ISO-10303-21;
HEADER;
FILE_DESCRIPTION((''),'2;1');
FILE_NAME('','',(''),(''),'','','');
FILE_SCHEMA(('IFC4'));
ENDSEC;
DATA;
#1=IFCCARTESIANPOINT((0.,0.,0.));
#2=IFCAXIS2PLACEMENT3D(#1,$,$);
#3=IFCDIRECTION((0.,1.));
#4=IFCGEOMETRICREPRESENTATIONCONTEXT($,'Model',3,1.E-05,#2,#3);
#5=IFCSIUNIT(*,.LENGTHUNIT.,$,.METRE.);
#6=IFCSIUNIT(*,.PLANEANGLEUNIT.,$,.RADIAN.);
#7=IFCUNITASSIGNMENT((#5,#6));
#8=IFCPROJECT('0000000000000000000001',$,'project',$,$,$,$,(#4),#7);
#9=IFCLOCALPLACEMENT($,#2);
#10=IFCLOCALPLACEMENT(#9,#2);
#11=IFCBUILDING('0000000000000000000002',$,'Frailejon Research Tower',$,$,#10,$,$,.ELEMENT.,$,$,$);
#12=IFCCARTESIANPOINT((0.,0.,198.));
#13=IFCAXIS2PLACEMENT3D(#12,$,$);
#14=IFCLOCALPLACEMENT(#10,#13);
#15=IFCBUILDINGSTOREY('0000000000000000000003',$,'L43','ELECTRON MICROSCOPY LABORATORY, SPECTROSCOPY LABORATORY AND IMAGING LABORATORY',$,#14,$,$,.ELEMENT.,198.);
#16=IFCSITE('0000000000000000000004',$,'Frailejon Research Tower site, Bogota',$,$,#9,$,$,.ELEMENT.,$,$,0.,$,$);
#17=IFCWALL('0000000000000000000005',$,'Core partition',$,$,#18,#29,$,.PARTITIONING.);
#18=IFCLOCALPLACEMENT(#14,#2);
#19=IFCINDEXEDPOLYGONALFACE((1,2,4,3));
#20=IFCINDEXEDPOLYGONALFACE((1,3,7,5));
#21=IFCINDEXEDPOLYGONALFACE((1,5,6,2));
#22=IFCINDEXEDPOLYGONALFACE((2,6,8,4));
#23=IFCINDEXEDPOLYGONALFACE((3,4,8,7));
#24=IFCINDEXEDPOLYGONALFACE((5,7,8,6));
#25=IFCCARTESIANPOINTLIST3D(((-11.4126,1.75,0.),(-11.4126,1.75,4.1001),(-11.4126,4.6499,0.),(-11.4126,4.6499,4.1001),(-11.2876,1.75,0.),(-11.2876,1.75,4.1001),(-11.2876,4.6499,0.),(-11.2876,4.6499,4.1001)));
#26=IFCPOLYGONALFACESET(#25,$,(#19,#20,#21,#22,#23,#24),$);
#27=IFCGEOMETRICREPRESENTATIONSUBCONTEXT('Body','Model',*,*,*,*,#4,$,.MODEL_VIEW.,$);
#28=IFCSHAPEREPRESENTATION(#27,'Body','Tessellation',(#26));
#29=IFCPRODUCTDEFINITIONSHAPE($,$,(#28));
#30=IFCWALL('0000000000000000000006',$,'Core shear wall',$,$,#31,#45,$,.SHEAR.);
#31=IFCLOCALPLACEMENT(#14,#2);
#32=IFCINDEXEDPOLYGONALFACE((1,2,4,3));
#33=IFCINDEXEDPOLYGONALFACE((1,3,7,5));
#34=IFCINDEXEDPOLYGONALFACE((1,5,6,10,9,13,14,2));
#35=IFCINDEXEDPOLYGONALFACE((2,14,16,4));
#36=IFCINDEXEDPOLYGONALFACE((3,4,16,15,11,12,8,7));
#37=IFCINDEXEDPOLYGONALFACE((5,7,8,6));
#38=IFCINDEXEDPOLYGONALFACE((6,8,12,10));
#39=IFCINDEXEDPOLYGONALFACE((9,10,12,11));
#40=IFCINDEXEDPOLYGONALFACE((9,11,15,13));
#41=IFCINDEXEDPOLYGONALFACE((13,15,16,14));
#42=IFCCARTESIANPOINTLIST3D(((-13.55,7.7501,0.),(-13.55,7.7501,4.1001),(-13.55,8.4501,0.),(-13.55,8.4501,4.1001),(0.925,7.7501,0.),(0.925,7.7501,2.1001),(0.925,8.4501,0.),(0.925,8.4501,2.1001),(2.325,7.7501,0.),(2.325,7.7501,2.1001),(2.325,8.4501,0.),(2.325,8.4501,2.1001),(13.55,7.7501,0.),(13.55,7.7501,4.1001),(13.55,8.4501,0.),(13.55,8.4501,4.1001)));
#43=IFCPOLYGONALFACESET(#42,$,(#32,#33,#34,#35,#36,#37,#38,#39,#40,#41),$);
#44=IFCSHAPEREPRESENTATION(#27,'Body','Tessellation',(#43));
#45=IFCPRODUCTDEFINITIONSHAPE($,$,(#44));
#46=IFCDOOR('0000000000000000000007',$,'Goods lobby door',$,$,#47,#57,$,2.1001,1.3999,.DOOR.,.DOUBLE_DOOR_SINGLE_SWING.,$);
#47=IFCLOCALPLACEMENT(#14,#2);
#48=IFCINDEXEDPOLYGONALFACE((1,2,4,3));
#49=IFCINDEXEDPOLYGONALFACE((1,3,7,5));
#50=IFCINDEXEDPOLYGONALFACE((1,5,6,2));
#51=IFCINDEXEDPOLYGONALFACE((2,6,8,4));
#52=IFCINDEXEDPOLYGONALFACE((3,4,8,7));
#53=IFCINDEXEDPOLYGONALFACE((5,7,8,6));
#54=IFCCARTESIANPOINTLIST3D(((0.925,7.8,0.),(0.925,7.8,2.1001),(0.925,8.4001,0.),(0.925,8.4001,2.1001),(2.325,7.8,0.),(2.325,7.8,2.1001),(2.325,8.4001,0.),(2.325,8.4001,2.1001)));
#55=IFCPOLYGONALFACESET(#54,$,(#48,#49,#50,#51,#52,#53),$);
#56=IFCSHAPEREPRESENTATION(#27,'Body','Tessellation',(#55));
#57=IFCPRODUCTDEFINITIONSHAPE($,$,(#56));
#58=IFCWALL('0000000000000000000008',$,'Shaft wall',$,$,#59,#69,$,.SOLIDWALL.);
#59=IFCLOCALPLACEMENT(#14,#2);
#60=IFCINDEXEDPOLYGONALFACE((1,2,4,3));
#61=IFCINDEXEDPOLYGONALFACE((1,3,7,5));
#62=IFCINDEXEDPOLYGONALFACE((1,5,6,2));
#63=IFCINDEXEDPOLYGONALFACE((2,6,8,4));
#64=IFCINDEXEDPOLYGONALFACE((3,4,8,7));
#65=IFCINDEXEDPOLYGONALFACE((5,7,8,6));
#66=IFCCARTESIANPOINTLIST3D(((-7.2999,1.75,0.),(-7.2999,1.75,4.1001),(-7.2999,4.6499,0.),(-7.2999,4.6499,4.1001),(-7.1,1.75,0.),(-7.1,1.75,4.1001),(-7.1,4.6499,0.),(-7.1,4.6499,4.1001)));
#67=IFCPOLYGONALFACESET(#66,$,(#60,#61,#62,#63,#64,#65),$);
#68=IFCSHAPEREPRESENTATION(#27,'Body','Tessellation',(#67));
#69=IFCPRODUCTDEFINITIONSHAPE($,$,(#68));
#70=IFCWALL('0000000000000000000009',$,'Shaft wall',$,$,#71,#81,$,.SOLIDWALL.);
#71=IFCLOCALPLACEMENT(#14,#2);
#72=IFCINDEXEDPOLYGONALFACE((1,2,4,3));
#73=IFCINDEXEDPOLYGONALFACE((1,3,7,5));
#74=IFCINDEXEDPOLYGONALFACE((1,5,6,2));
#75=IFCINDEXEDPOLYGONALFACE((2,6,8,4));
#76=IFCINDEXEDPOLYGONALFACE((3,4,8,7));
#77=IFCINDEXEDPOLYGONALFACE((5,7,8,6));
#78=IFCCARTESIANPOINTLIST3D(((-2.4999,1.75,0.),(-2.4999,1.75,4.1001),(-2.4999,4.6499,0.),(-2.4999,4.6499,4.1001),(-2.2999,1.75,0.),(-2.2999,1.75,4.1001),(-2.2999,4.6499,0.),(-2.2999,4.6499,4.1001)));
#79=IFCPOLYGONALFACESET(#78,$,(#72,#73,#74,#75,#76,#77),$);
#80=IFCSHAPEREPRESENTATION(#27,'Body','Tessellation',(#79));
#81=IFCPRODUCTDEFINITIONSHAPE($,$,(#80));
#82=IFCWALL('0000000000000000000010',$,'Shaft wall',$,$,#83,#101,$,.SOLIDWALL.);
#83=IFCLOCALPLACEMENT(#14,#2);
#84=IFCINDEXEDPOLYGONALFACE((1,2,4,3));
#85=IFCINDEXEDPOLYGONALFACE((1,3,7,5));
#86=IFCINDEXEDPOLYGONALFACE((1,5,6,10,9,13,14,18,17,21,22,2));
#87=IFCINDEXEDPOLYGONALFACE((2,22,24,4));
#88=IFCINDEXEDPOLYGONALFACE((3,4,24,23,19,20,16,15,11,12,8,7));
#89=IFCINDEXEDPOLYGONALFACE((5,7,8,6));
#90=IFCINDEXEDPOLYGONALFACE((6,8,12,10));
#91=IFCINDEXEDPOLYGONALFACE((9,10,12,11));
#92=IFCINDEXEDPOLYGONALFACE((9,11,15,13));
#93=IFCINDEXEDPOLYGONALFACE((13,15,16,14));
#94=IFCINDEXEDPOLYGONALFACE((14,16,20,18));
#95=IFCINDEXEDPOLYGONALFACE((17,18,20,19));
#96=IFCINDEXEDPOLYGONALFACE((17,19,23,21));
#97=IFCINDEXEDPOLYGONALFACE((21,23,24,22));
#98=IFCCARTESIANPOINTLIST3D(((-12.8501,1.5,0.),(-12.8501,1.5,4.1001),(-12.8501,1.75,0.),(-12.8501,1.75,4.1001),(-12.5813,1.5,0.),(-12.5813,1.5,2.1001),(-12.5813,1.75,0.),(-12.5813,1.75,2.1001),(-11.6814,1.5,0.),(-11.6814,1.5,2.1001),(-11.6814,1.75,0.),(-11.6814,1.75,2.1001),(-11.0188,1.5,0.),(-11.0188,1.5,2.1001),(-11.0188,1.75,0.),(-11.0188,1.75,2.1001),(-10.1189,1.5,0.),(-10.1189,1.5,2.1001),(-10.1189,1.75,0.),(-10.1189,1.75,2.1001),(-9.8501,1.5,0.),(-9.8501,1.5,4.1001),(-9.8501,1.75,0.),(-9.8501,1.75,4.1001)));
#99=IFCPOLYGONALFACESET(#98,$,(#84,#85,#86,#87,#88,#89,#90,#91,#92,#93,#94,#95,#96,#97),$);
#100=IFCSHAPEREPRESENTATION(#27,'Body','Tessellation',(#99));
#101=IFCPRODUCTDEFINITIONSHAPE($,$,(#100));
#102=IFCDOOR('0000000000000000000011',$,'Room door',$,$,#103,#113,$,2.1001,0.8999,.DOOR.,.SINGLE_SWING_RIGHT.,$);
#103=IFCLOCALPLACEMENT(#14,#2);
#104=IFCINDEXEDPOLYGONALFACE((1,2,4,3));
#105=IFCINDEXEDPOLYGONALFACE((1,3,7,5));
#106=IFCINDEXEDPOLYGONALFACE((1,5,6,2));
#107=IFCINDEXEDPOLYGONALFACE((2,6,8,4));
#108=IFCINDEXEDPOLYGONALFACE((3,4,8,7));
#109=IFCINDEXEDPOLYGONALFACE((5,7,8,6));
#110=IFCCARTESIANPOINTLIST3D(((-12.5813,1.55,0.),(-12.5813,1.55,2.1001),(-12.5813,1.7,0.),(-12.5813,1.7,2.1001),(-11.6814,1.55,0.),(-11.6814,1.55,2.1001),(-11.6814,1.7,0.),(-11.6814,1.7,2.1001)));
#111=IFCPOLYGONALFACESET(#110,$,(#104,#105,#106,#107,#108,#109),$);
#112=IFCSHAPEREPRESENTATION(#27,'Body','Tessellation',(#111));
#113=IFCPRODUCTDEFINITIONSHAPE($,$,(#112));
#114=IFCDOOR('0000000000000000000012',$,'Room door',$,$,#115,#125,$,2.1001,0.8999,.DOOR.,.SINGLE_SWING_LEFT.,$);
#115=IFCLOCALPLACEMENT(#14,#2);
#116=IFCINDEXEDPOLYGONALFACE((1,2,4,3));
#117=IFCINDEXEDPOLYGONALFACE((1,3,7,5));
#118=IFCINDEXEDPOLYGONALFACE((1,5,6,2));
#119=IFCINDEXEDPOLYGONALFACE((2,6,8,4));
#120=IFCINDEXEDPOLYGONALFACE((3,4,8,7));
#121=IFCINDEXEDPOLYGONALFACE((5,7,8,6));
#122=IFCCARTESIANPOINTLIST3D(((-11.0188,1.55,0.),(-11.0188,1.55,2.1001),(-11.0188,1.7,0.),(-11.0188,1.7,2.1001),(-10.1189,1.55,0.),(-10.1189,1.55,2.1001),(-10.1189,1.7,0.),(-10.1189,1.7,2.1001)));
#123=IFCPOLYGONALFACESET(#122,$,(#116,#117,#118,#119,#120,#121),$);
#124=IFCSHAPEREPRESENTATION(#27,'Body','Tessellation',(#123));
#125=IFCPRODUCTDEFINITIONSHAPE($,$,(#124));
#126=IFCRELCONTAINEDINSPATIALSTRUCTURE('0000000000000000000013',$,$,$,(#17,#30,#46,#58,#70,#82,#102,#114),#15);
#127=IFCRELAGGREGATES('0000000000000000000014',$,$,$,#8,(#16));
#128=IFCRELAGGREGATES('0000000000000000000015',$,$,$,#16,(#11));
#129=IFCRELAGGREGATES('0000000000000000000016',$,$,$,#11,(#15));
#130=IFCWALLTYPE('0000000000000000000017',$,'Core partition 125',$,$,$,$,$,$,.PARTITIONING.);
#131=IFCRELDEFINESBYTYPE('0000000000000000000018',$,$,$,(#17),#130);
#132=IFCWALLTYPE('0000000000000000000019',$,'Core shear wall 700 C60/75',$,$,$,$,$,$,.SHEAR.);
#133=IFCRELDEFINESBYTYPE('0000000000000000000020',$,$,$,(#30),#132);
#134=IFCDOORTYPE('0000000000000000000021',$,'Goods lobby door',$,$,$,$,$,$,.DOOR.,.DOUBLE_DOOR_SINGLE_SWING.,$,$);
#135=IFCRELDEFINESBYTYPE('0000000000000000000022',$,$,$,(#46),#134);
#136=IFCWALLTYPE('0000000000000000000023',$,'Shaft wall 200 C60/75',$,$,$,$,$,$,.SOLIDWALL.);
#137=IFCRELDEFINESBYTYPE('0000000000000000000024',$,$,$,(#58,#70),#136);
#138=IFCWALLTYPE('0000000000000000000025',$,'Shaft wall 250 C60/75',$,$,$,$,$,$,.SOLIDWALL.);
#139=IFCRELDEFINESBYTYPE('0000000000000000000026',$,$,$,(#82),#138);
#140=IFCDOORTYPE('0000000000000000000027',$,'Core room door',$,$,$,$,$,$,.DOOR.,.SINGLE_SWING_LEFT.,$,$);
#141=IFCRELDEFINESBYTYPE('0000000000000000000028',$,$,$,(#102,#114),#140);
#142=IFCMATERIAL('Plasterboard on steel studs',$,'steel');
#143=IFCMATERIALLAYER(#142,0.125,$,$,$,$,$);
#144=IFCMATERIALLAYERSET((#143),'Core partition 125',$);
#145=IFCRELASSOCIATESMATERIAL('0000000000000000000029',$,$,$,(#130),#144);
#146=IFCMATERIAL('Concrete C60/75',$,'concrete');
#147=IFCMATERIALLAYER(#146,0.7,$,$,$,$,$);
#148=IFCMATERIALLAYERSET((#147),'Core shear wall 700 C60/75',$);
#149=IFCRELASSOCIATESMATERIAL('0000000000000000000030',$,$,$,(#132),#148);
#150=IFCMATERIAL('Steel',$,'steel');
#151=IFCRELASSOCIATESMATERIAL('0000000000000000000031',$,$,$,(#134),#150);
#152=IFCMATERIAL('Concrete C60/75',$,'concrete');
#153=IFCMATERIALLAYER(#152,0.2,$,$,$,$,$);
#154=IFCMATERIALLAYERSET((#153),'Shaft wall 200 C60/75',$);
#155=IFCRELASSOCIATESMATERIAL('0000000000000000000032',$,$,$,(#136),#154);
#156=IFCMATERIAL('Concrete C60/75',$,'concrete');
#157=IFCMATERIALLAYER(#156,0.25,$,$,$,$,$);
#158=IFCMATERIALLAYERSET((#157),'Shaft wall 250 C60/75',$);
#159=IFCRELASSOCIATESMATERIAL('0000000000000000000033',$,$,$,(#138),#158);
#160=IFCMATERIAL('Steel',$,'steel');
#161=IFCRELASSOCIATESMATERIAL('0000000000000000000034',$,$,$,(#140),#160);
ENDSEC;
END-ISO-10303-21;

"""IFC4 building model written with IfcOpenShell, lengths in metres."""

from ifc_helpers import new_model, si_unit, direction, frame, frame_2d, origin, place, context, subcontext, project, spatial, rectangle, extrude, material, layer, layer_set, type_object, element, fill, save


model = new_model("IFC4")

# Units and contexts
model_context = context("Model", 3, precision=1e-05, world=origin(), true_north=direction((0.0, 1.0)))
body_context = subcontext(model_context, "Body", "Model", "MODEL_VIEW")
ifc_project = project(units=[si_unit("LENGTHUNIT", "METRE"), si_unit("PLANEANGLEUNIT", "RADIAN")], contexts=[model_context])

# Site, building, storey
site_placement = place(None, origin())
site = spatial("IfcSite", under=ifc_project, at=site_placement, Name="Frailejon Research Tower site, Bogota", CompositionType="ELEMENT", RefElevation=0.0)
building_placement = place(site_placement, origin())
building = spatial("IfcBuilding", under=site, at=building_placement, Name="Frailejon Research Tower", CompositionType="ELEMENT")
storey_placement = place(building_placement, frame((0.0, 0.0, 198.0)))
storey = spatial("IfcBuildingStorey", under=building, at=storey_placement, Name="L43", Description="ELECTRON MICROSCOPY LABORATORY, SPECTROSCOPY LABORATORY AND IMAGING LABORATORY", CompositionType="ELEMENT", Elevation=198.0)

# Wall
ifc_material_1 = material(Name="Plasterboard on steel studs", Category="steel")
ifc_layer_1 = layer(ifc_material_1, 0.125)
ifc_layer_set_1 = layer_set([ifc_layer_1], Name="Core partition 125")
wall_type_1 = type_object("IfcWallType", Name="Core partition 125", PredefinedType="PARTITIONING", material=ifc_layer_set_1)
wall_1_placement = place(storey_placement, frame((-11.3501, 1.75, 0.0), z_axis=(0.0, 0.0, 1.0), x_axis=(0.0, 1.0, 0.0)))
element("IfcWall", 1, at=wall_1_placement, inside=storey, type_object=wall_type_1, Name="Core partition", PredefinedType="PARTITIONING", context=body_context, shape_type="SweptSolid", body=[
    extrude(rectangle(XDim=2.8999, YDim=0.125, at=frame_2d((1.45, 0.0))), origin(), (0.0, 0.0, 1.0), 4.1001),
])

# Wall, opening, door
ifc_material_2 = material(Name="Concrete C60/75", Category="concrete")
ifc_layer_2 = layer(ifc_material_2, 0.7)
ifc_layer_set_2 = layer_set([ifc_layer_2], Name="Core shear wall 700 C60/75")
wall_type_2 = type_object("IfcWallType", Name="Core shear wall 700 C60/75", PredefinedType="SHEAR", material=ifc_layer_set_2)
wall_2_placement = place(storey_placement, frame((-13.55, 8.1001, 0.0), z_axis=(0.0, 0.0, 1.0), x_axis=(1.0, 0.0, 0.0)))
wall_2 = element("IfcWall", 2, at=wall_2_placement, inside=storey, type_object=wall_type_2, Name="Core shear wall", PredefinedType="SHEAR", context=body_context, shape_type="SweptSolid", body=[
    extrude(rectangle(XDim=27.1001, YDim=0.7, at=frame_2d((13.55, 0.0))), origin(), (0.0, 0.0, 1.0), 4.1001),
])
opening_1_placement = place(wall_2_placement, frame((14.4751, 0.0, 0.0)))
opening_1 = element("IfcOpeningElement", 3, at=opening_1_placement, cuts=wall_2, PredefinedType="OPENING", context=body_context, shape_type="SweptSolid", body=[
    extrude(rectangle(XDim=1.3999, YDim=2.1001, at=frame_2d((0.7, 1.05))), frame((0.0, 0.3599, 0.0), z_axis=(0.0, -1.0, 0.0), x_axis=(1.0, 0.0, 0.0)), (0.0, 0.0, 1.0), 0.72),
])
ifc_material_3 = material(Name="Steel", Category="steel")
door_type_1 = type_object("IfcDoorType", Name="Goods lobby door", OperationType="DOUBLE_DOOR_SINGLE_SWING", PredefinedType="DOOR", material=ifc_material_3)
door_1_placement = place(opening_1_placement, origin())
door_1 = element("IfcDoor", 4, at=door_1_placement, inside=storey, type_object=door_type_1, Name="Goods lobby door", OperationType="DOUBLE_DOOR_SINGLE_SWING", OverallHeight=2.1001, OverallWidth=1.3999, PredefinedType="DOOR", context=body_context, shape_type="SweptSolid", body=[
    extrude(rectangle(XDim=1.3999, YDim=2.1001, at=frame_2d((0.7, 1.05))), frame((0.0, 0.3, 0.0), z_axis=(0.0, -1.0, 0.0), x_axis=(1.0, 0.0, 0.0)), (0.0, 0.0, 1.0), 0.6001),
])
fill(opening_1, door_1)

# Walls
ifc_material_4 = material(Name="Concrete C60/75", Category="concrete")
ifc_layer_3 = layer(ifc_material_4, 0.2)
ifc_layer_set_3 = layer_set([ifc_layer_3], Name="Shaft wall 200 C60/75")
wall_type_3 = type_object("IfcWallType", Name="Shaft wall 200 C60/75", PredefinedType="SOLIDWALL", material=ifc_layer_set_3)
for number, where, z_axis, x_axis, name in (
    (5, (-7.2, 1.75, 0.0), (0.0, 0.0, 1.0), (0.0, 1.0, 0.0), "Shaft wall"),
    (6, (-2.3999, 1.75, 0.0), (0.0, 0.0, 1.0), (0.0, 1.0, 0.0), "Shaft wall"),
):
    element("IfcWall", number, at=place(storey_placement, frame(where, z_axis=z_axis, x_axis=x_axis)), inside=storey, type_object=wall_type_3, Name=name, PredefinedType="SOLIDWALL", context=body_context, shape_type="SweptSolid", body=[
        extrude(rectangle(XDim=2.8999, YDim=0.2, at=frame_2d((1.45, 0.0))), origin(), (0.0, 0.0, 1.0), 4.1001),
    ])

# Wall, openings, doors
ifc_material_5 = material(Name="Concrete C60/75", Category="concrete")
ifc_layer_4 = layer(ifc_material_5, 0.25)
ifc_layer_set_4 = layer_set([ifc_layer_4], Name="Shaft wall 250 C60/75")
wall_type_4 = type_object("IfcWallType", Name="Shaft wall 250 C60/75", PredefinedType="SOLIDWALL", material=ifc_layer_set_4)
wall_3_placement = place(storey_placement, frame((-12.8501, 1.625, 0.0), z_axis=(0.0, 0.0, 1.0), x_axis=(1.0, 0.0, 0.0)))
wall_3 = element("IfcWall", 7, at=wall_3_placement, inside=storey, type_object=wall_type_4, Name="Shaft wall", PredefinedType="SOLIDWALL", context=body_context, shape_type="SweptSolid", body=[
    extrude(rectangle(XDim=3.0, YDim=0.25, at=frame_2d((1.5, 0.0))), origin(), (0.0, 0.0, 1.0), 4.1001),
])
opening_2_placement = place(wall_3_placement, frame((0.2688, 0.0, 0.0)))
opening_2 = element("IfcOpeningElement", 8, at=opening_2_placement, cuts=wall_3, PredefinedType="OPENING", context=body_context, shape_type="SweptSolid", body=[
    extrude(rectangle(XDim=0.8999, YDim=2.1001, at=frame_2d((0.45, 1.05))), frame((0.0, 0.135, 0.0), z_axis=(0.0, -1.0, 0.0), x_axis=(1.0, 0.0, 0.0)), (0.0, 0.0, 1.0), 0.27),
])
opening_3_placement = place(wall_3_placement, frame((1.8313, 0.0, 0.0)))
opening_3 = element("IfcOpeningElement", 9, at=opening_3_placement, cuts=wall_3, PredefinedType="OPENING", context=body_context, shape_type="SweptSolid", body=[
    extrude(rectangle(XDim=0.8999, YDim=2.1001, at=frame_2d((0.45, 1.05))), frame((0.0, 0.135, 0.0), z_axis=(0.0, -1.0, 0.0), x_axis=(1.0, 0.0, 0.0)), (0.0, 0.0, 1.0), 0.27),
])
ifc_material_6 = material(Name="Steel", Category="steel")
door_type_2 = type_object("IfcDoorType", Name="Core room door", OperationType="SINGLE_SWING_LEFT", PredefinedType="DOOR", material=ifc_material_6)
door_2_placement = place(opening_2_placement, origin())
door_2 = element("IfcDoor", 10, at=door_2_placement, inside=storey, type_object=door_type_2, Name="Room door", OperationType="SINGLE_SWING_RIGHT", OverallHeight=2.1001, OverallWidth=0.8999, PredefinedType="DOOR", context=body_context, shape_type="SweptSolid", body=[
    extrude(rectangle(XDim=0.8999, YDim=2.1001, at=frame_2d((0.45, 1.05))), frame((0.0, 0.075, 0.0), z_axis=(0.0, -1.0, 0.0), x_axis=(1.0, 0.0, 0.0)), (0.0, 0.0, 1.0), 0.1499),
])
fill(opening_2, door_2)
door_3_placement = place(opening_3_placement, origin())
door_3 = element("IfcDoor", 11, at=door_3_placement, inside=storey, type_object=door_type_2, Name="Room door", OperationType="SINGLE_SWING_LEFT", OverallHeight=2.1001, OverallWidth=0.8999, PredefinedType="DOOR", context=body_context, shape_type="SweptSolid", body=[
    extrude(rectangle(XDim=0.8999, YDim=2.1001, at=frame_2d((0.45, 1.05))), frame((0.0, 0.075, 0.0), z_axis=(0.0, -1.0, 0.0), x_axis=(1.0, 0.0, 0.0)), (0.0, 0.0, 1.0), 0.1499),
])
fill(opening_3, door_3)

save(model, "model.ifc")
